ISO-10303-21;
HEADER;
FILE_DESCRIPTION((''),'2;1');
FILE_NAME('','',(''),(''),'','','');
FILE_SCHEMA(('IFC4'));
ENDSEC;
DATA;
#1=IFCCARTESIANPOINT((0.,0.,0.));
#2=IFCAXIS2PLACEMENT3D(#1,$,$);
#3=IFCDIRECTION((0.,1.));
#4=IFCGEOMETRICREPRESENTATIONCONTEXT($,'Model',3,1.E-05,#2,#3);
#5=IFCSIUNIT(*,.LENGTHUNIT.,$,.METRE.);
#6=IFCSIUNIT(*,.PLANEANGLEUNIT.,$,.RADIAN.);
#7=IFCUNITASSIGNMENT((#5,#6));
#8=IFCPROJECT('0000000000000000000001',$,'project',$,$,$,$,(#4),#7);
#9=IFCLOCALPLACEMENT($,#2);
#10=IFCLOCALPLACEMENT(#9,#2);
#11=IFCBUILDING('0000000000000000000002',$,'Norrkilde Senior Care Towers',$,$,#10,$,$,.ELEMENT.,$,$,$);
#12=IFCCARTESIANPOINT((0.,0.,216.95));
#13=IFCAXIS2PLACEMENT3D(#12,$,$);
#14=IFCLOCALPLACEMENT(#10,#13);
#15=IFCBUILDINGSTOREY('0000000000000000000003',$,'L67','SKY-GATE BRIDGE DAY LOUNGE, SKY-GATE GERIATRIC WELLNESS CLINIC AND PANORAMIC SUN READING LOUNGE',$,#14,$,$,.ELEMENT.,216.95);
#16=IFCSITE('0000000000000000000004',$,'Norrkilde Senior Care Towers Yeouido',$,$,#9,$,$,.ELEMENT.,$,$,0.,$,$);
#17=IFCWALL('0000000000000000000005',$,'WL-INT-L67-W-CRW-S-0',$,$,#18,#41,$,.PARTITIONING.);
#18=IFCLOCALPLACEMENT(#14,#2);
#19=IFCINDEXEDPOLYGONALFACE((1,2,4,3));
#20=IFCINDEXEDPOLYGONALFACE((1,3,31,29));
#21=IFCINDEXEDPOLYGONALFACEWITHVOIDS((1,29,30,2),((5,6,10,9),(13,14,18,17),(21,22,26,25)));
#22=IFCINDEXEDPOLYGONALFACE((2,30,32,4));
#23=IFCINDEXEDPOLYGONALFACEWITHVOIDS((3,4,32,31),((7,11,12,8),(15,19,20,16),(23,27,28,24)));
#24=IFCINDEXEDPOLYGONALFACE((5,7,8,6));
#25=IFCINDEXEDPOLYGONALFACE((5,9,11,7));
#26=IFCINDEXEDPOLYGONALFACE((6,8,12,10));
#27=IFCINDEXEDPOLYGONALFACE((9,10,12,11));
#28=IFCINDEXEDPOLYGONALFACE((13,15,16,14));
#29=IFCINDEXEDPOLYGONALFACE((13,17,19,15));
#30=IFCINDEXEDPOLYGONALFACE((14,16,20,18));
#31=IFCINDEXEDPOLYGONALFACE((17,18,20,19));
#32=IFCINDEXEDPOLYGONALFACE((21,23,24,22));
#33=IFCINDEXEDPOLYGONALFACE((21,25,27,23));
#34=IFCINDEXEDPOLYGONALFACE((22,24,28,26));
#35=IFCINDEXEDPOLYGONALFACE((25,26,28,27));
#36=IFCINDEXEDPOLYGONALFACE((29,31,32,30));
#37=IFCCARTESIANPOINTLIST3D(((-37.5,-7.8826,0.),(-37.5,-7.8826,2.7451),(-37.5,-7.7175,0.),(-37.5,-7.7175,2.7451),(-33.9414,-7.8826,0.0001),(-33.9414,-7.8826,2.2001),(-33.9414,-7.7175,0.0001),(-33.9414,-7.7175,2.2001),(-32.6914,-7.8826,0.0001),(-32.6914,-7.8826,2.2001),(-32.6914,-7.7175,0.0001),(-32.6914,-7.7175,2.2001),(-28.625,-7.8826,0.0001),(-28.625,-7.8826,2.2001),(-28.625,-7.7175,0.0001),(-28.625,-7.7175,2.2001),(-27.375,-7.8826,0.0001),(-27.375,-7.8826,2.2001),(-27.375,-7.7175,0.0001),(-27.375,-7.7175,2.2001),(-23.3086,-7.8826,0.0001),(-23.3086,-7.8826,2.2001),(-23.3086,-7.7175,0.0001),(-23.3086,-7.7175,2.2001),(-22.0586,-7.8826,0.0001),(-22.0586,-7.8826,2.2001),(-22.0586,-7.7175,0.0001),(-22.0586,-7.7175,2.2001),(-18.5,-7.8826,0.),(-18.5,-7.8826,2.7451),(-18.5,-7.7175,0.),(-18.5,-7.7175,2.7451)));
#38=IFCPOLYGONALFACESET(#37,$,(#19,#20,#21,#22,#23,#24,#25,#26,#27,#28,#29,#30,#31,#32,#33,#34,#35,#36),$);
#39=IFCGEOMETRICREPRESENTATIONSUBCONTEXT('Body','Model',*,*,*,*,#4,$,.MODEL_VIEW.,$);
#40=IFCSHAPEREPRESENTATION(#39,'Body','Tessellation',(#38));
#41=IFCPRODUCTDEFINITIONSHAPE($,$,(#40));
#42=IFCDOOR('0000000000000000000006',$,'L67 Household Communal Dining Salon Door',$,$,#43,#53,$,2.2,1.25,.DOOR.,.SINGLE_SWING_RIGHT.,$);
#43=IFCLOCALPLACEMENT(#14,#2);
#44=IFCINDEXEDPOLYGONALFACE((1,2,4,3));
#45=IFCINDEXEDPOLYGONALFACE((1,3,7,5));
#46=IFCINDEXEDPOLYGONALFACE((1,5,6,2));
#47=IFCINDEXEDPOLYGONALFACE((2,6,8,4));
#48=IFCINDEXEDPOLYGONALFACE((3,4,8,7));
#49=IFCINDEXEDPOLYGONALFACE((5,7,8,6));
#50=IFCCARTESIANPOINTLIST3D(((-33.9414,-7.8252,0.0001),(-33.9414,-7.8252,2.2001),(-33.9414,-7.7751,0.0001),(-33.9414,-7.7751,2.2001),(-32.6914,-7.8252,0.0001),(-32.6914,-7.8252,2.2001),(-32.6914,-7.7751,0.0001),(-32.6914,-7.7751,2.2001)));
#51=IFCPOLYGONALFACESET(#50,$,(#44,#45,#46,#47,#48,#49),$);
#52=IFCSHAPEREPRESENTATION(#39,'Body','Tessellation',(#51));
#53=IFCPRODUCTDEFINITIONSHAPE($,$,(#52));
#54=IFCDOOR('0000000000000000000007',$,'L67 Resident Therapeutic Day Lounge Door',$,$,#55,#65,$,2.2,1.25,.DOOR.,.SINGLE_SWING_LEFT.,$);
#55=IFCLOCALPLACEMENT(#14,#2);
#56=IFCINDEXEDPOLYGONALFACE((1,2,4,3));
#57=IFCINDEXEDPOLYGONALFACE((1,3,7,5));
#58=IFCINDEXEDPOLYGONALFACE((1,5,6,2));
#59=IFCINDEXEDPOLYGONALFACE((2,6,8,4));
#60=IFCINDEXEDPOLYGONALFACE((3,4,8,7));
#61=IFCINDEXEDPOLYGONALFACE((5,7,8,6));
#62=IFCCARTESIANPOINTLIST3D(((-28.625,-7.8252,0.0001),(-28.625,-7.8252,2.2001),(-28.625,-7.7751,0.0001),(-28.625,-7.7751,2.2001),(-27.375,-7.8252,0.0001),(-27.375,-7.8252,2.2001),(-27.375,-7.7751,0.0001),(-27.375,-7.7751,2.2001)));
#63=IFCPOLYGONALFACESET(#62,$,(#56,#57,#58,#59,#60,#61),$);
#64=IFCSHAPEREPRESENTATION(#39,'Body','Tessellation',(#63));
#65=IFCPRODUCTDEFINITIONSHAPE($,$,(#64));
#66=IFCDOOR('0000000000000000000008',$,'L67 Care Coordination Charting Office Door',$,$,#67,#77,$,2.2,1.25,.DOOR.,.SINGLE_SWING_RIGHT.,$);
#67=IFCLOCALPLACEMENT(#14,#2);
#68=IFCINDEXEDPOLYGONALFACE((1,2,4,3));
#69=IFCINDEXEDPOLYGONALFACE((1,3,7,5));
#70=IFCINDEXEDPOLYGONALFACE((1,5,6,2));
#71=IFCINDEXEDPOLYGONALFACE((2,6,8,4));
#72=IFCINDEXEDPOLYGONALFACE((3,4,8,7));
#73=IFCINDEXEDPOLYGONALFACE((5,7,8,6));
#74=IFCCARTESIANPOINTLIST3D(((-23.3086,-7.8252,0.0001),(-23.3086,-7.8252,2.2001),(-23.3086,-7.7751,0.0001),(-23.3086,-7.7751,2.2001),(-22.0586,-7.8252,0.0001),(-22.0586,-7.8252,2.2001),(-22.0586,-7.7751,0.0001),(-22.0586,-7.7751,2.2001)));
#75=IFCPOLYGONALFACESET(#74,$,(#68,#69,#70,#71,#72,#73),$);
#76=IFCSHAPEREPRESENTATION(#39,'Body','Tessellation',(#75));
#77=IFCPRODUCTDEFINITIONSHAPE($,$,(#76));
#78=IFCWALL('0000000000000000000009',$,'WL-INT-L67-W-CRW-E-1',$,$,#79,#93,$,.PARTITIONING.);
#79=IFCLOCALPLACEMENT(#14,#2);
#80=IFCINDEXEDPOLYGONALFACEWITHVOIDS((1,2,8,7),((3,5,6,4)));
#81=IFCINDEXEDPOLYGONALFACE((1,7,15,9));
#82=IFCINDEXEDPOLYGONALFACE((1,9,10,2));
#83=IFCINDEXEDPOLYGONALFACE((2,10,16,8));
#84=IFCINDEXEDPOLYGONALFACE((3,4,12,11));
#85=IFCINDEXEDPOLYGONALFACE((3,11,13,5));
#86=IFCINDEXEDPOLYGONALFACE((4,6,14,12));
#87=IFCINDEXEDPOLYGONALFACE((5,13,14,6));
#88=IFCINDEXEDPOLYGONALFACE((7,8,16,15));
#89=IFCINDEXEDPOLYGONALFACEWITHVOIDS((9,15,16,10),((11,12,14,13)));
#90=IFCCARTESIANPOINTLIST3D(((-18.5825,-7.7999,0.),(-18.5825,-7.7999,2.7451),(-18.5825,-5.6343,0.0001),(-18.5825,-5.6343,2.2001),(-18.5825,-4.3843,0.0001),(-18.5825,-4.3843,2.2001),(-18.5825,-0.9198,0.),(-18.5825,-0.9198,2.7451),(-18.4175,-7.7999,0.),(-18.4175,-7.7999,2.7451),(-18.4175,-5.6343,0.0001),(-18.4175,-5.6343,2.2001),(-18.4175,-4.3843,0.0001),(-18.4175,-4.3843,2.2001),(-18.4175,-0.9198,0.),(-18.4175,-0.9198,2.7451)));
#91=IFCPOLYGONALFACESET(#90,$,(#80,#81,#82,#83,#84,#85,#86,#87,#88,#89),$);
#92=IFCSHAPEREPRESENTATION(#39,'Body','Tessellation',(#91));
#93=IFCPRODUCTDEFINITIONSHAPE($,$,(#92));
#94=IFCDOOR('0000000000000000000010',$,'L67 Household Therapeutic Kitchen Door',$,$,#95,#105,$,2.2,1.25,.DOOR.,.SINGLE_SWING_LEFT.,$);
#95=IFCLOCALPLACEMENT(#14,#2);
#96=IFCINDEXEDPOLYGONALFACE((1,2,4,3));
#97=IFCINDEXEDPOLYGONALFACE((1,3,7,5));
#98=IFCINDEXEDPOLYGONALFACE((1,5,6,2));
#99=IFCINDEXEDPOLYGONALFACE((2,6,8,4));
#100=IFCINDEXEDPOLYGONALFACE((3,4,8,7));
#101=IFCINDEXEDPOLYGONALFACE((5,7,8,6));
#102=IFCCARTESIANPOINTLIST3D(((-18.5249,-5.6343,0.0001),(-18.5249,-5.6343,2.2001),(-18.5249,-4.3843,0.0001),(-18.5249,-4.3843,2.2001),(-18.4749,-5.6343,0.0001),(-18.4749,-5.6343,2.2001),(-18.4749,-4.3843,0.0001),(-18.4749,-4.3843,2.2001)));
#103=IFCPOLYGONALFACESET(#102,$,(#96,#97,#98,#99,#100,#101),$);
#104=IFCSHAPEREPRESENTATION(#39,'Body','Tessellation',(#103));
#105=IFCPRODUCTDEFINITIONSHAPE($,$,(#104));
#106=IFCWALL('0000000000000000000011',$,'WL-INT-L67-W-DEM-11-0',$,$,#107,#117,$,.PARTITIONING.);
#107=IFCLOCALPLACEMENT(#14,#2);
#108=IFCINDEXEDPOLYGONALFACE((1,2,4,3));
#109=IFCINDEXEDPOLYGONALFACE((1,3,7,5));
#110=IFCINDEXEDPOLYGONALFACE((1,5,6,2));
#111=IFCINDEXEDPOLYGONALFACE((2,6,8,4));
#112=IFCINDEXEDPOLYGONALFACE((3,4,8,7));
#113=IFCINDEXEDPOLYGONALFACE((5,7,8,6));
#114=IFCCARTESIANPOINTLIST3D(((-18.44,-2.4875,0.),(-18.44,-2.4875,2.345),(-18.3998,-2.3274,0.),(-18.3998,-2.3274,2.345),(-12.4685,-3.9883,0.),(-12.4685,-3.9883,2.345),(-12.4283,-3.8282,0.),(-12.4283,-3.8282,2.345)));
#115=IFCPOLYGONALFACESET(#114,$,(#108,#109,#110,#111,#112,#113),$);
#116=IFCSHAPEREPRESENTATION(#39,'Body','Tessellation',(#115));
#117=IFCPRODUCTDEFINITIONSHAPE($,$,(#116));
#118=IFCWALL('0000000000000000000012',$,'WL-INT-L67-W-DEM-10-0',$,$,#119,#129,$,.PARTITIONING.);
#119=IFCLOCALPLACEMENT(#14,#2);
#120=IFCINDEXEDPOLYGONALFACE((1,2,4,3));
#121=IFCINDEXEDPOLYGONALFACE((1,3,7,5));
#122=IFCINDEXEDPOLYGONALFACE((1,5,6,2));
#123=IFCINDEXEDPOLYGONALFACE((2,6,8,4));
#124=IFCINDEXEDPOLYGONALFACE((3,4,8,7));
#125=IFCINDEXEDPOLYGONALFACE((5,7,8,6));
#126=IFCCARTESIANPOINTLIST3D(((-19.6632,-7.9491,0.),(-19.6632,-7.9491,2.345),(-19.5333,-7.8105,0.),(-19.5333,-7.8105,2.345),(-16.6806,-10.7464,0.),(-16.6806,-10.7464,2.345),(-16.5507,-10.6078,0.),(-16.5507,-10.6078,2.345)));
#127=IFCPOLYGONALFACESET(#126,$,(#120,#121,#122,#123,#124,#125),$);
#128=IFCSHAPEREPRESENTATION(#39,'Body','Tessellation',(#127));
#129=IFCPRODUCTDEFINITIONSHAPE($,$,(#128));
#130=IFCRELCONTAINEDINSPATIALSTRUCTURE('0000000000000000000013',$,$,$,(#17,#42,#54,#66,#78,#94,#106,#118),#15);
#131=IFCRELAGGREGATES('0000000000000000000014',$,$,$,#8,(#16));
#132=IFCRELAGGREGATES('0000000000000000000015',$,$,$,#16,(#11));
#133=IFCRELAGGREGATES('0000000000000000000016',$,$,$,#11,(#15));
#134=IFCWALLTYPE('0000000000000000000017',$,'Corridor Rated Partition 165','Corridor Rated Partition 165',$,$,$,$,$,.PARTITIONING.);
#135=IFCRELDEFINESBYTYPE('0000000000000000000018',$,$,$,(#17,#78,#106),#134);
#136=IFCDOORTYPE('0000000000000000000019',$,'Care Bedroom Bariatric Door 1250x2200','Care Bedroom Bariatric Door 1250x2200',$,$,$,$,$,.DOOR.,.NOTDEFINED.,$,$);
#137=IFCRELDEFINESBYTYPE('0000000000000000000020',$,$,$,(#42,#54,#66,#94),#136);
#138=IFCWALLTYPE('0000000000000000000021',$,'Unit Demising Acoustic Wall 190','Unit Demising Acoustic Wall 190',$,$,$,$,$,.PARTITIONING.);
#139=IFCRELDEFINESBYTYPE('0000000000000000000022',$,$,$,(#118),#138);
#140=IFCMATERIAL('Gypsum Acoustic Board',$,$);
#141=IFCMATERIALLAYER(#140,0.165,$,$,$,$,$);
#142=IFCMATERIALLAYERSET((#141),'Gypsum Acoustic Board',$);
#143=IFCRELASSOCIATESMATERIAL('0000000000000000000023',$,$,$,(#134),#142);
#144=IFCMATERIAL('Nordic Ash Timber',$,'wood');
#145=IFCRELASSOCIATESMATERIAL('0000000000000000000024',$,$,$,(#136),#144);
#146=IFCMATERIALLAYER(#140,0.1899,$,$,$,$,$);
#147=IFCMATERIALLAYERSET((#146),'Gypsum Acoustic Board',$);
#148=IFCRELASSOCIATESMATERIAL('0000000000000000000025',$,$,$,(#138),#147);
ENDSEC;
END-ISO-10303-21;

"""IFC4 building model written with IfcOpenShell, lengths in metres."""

from ifc_helpers import new_model, si_unit, direction, frame, frame_2d, origin, place, context, subcontext, project, spatial, rectangle, extrude, source, transform, mapped, material, layer, layer_set, type_object, type_shapes, element, fill, save


model = new_model("IFC4")

# Units and contexts
model_context = context("Model", 3, precision=1e-05, world=origin(), true_north=direction((0.0, 1.0)))
body_context = subcontext(model_context, "Body", "Model", "MODEL_VIEW")
ifc_project = project(units=[si_unit("LENGTHUNIT", "METRE"), si_unit("PLANEANGLEUNIT", "RADIAN")], contexts=[model_context])

# Site, building, storey
site_placement = place(None, origin())
site = spatial("IfcSite", under=ifc_project, at=site_placement, Name="Norrkilde Senior Care Towers Yeouido", CompositionType="ELEMENT", RefElevation=0.0)
building_placement = place(site_placement, origin())
building = spatial("IfcBuilding", under=site, at=building_placement, Name="Norrkilde Senior Care Towers", CompositionType="ELEMENT")
storey_placement = place(building_placement, frame((0.0, 0.0, 216.95)))
storey = spatial("IfcBuildingStorey", under=building, at=storey_placement, Name="L67", Description="SKY-GATE BRIDGE DAY LOUNGE, SKY-GATE GERIATRIC WELLNESS CLINIC AND PANORAMIC SUN READING LOUNGE", CompositionType="ELEMENT", Elevation=216.95)

# Shared definitions
ifc_material_1 = material(Name="Gypsum Acoustic Board")
ifc_layer_1 = layer(ifc_material_1, 0.165)
ifc_layer_set_1 = layer_set([ifc_layer_1], Name="Gypsum Acoustic Board")
wall_type_1 = type_object("IfcWallType", Name="Corridor Rated Partition 165", Description="Corridor Rated Partition 165", PredefinedType="PARTITIONING", material=ifc_layer_set_1)

# Wall, openings, doors
shared_shape_1 = source(origin(), body_context, "Body", "SweptSolid", [
    extrude(rectangle(XDim=19.0, YDim=0.165, at=frame_2d((9.5, 0.0))), origin(), (0.0, 0.0, 1.0), 2.7451),
])
wall_1_placement = place(storey_placement, frame((-18.5, -7.8, 0.0), z_axis=(0.0, 0.0, 1.0), x_axis=(-1.0, 0.0, 0.0)))
wall_1 = element("IfcWall", 1, at=wall_1_placement, inside=storey, type_object=wall_type_1, Name="WL-INT-L67-W-CRW-S-0", PredefinedType="PARTITIONING", context=body_context, shape_type="MappedRepresentation", body=[
    mapped(shared_shape_1, transform((0.0, 0.0, 0.0), x_axis=(1.0, 0.0, 0.0), y_axis=(0.0, 1.0, 0.0), z_axis=(0.0, 0.0, 1.0), scale=1.0)),
])
opening_1_placement = place(wall_1_placement, frame((14.1914, 0.0, 0.0)))
opening_1 = element("IfcOpeningElement", 2, at=opening_1_placement, cuts=wall_1, PredefinedType="OPENING", context=body_context, shape_type="SweptSolid", body=[
    extrude(rectangle(XDim=1.25, YDim=2.2, at=frame_2d((0.625, 1.1001))), frame((0.0, 0.0925, 0.0), z_axis=(0.0, -1.0, 0.0), x_axis=(1.0, 0.0, 0.0)), (0.0, 0.0, 1.0), 0.1851),
])
opening_2_placement = place(wall_1_placement, frame((8.875, 0.0, 0.0)))
opening_2 = element("IfcOpeningElement", 3, at=opening_2_placement, cuts=wall_1, PredefinedType="OPENING", context=body_context, shape_type="SweptSolid", body=[
    extrude(rectangle(XDim=1.25, YDim=2.2, at=frame_2d((0.625, 1.1001))), frame((0.0, 0.0925, 0.0), z_axis=(0.0, -1.0, 0.0), x_axis=(1.0, 0.0, 0.0)), (0.0, 0.0, 1.0), 0.1851),
])
opening_3_placement = place(wall_1_placement, frame((3.5586, 0.0, 0.0)))
opening_3 = element("IfcOpeningElement", 4, at=opening_3_placement, cuts=wall_1, PredefinedType="OPENING", context=body_context, shape_type="SweptSolid", body=[
    extrude(rectangle(XDim=1.25, YDim=2.2, at=frame_2d((0.625, 1.1001))), frame((0.0, 0.0925, 0.0), z_axis=(0.0, -1.0, 0.0), x_axis=(1.0, 0.0, 0.0)), (0.0, 0.0, 1.0), 0.1851),
])
ifc_material_2 = material(Name="Nordic Ash Timber", Category="wood")
door_type_1 = type_object("IfcDoorType", Name="Care Bedroom Bariatric Door 1250x2200", Description="Care Bedroom Bariatric Door 1250x2200", OperationType="NOTDEFINED", PredefinedType="DOOR", material=ifc_material_2)
shared_shape_2 = source(origin(), body_context, "Body", "SweptSolid", [
    extrude(rectangle(XDim=1.25, YDim=2.2, at=frame_2d((0.625, 1.1001))), frame((0.0, 0.0249, 0.0), z_axis=(0.0, -1.0, 0.0), x_axis=(1.0, 0.0, 0.0)), (0.0, 0.0, 1.0), 0.05),
])
type_shapes(door_type_1, [shared_shape_2])
door_1_placement = place(opening_1_placement, frame((1.25, 0.0, 0.0), z_axis=(0.0, 0.0, 1.0), x_axis=(-1.0, 0.0, 0.0)))
door_1 = element("IfcDoor", 5, at=door_1_placement, inside=storey, type_object=door_type_1, Name="L67 Household Communal Dining Salon Door", OperationType="SINGLE_SWING_RIGHT", OverallHeight=2.2, OverallWidth=1.25, PredefinedType="DOOR", context=body_context, shape_type="MappedRepresentation", body=[
    mapped(shared_shape_2, transform((0.0, 0.0, 0.0), x_axis=(1.0, 0.0, 0.0), y_axis=(0.0, 1.0, 0.0), z_axis=(0.0, 0.0, 1.0), scale=1.0)),
])
fill(opening_1, door_1)
door_2_placement = place(opening_2_placement, frame((1.25, 0.0, 0.0), z_axis=(0.0, 0.0, 1.0), x_axis=(-1.0, 0.0, 0.0)))
door_2 = element("IfcDoor", 6, at=door_2_placement, inside=storey, type_object=door_type_1, Name="L67 Resident Therapeutic Day Lounge Door", OperationType="SINGLE_SWING_LEFT", OverallHeight=2.2, OverallWidth=1.25, PredefinedType="DOOR", context=body_context, shape_type="MappedRepresentation", body=[
    mapped(shared_shape_2, transform((0.0, 0.0, 0.0), x_axis=(1.0, 0.0, 0.0), y_axis=(0.0, 1.0, 0.0), z_axis=(0.0, 0.0, 1.0), scale=1.0)),
])
fill(opening_2, door_2)
door_3_placement = place(opening_3_placement, frame((1.25, 0.0, 0.0), z_axis=(0.0, 0.0, 1.0), x_axis=(-1.0, 0.0, 0.0)))
door_3 = element("IfcDoor", 7, at=door_3_placement, inside=storey, type_object=door_type_1, Name="L67 Care Coordination Charting Office Door", OperationType="SINGLE_SWING_RIGHT", OverallHeight=2.2, OverallWidth=1.25, PredefinedType="DOOR", context=body_context, shape_type="MappedRepresentation", body=[
    mapped(shared_shape_2, transform((0.0, 0.0, 0.0), x_axis=(1.0, 0.0, 0.0), y_axis=(0.0, 1.0, 0.0), z_axis=(0.0, 0.0, 1.0), scale=1.0)),
])
fill(opening_3, door_3)

# Wall, opening, door
shared_shape_3 = source(origin(), body_context, "Body", "SweptSolid", [
    extrude(rectangle(XDim=6.8801, YDim=0.165, at=frame_2d((3.4399, 0.0))), origin(), (0.0, 0.0, 1.0), 2.7451),
])
wall_2_placement = place(storey_placement, frame((-18.5, -0.9199, 0.0), z_axis=(0.0, 0.0, 1.0), x_axis=(0.0, -1.0, 0.0)))
wall_2 = element("IfcWall", 8, at=wall_2_placement, inside=storey, type_object=wall_type_1, Name="WL-INT-L67-W-CRW-E-1", PredefinedType="PARTITIONING", context=body_context, shape_type="MappedRepresentation", body=[
    mapped(shared_shape_3, transform((0.0, 0.0, 0.0), x_axis=(1.0, 0.0, 0.0), y_axis=(0.0, 1.0, 0.0), z_axis=(0.0, 0.0, 1.0), scale=1.0)),
])
opening_4_placement = place(wall_2_placement, frame((3.4644, 0.0, 0.0)))
opening_4 = element("IfcOpeningElement", 9, at=opening_4_placement, cuts=wall_2, PredefinedType="OPENING", context=body_context, shape_type="SweptSolid", body=[
    extrude(rectangle(XDim=1.25, YDim=2.2, at=frame_2d((0.625, 1.1001))), frame((0.0, 0.0925, 0.0), z_axis=(0.0, -1.0, 0.0), x_axis=(1.0, 0.0, 0.0)), (0.0, 0.0, 1.0), 0.1851),
])
door_4_placement = place(opening_4_placement, frame((1.25, 0.0, 0.0), z_axis=(0.0, 0.0, 1.0), x_axis=(-1.0, 0.0, 0.0)))
door_4 = element("IfcDoor", 10, at=door_4_placement, inside=storey, type_object=door_type_1, Name="L67 Household Therapeutic Kitchen Door", OperationType="SINGLE_SWING_LEFT", OverallHeight=2.2, OverallWidth=1.25, PredefinedType="DOOR", context=body_context, shape_type="MappedRepresentation", body=[
    mapped(shared_shape_2, transform((0.0, 0.0, 0.0), x_axis=(1.0, 0.0, 0.0), y_axis=(0.0, 1.0, 0.0), z_axis=(0.0, 0.0, 1.0), scale=1.0)),
])
fill(opening_4, door_4)

# Walls
shared_shape_4 = source(origin(), body_context, "Body", "SweptSolid", [
    extrude(rectangle(XDim=6.1572, YDim=0.165, at=frame_2d((3.0786, 0.0))), origin(), (0.0, 0.0, 1.0), 2.345),
])
wall_3_placement = place(storey_placement, frame((-18.4199, -2.4075, 0.0), z_axis=(0.0, 0.0, 1.0), x_axis=(0.969841, -0.243739, 0.0)))
element("IfcWall", 11, at=wall_3_placement, inside=storey, type_object=wall_type_1, Name="WL-INT-L67-W-DEM-11-0", PredefinedType="PARTITIONING", context=body_context, shape_type="MappedRepresentation", body=[
    mapped(shared_shape_4, transform((0.0, 0.0, 0.0), x_axis=(1.0, 0.0, 0.0), y_axis=(0.0, 1.0, 0.0), z_axis=(0.0, 0.0, 1.0), scale=1.0)),
])
ifc_layer_2 = layer(ifc_material_1, 0.1899)
ifc_layer_set_2 = layer_set([ifc_layer_2], Name="Gypsum Acoustic Board")
wall_type_2 = type_object("IfcWallType", Name="Unit Demising Acoustic Wall 190", Description="Unit Demising Acoustic Wall 190", PredefinedType="PARTITIONING", material=ifc_layer_set_2)
shared_shape_5 = source(origin(), body_context, "Body", "SweptSolid", [
    extrude(rectangle(XDim=4.0891, YDim=0.1899, at=frame_2d((2.0444, 0.0))), origin(), (0.0, 0.0, 1.0), 2.345),
])
type_shapes(wall_type_2, [shared_shape_5])
wall_4_placement = place(storey_placement, frame((-19.5981, -7.8799, 0.0), z_axis=(0.0, 0.0, 1.0), x_axis=(0.729401, -0.684086, 0.0)))
element("IfcWall", 12, at=wall_4_placement, inside=storey, type_object=wall_type_2, Name="WL-INT-L67-W-DEM-10-0", PredefinedType="PARTITIONING", context=body_context, shape_type="MappedRepresentation", body=[
    mapped(shared_shape_5, transform((0.0, 0.0, 0.0), x_axis=(1.0, 0.0, 0.0), y_axis=(0.0, 1.0, 0.0), z_axis=(0.0, 0.0, 1.0), scale=1.0)),
])

save(model, "model.ifc")
